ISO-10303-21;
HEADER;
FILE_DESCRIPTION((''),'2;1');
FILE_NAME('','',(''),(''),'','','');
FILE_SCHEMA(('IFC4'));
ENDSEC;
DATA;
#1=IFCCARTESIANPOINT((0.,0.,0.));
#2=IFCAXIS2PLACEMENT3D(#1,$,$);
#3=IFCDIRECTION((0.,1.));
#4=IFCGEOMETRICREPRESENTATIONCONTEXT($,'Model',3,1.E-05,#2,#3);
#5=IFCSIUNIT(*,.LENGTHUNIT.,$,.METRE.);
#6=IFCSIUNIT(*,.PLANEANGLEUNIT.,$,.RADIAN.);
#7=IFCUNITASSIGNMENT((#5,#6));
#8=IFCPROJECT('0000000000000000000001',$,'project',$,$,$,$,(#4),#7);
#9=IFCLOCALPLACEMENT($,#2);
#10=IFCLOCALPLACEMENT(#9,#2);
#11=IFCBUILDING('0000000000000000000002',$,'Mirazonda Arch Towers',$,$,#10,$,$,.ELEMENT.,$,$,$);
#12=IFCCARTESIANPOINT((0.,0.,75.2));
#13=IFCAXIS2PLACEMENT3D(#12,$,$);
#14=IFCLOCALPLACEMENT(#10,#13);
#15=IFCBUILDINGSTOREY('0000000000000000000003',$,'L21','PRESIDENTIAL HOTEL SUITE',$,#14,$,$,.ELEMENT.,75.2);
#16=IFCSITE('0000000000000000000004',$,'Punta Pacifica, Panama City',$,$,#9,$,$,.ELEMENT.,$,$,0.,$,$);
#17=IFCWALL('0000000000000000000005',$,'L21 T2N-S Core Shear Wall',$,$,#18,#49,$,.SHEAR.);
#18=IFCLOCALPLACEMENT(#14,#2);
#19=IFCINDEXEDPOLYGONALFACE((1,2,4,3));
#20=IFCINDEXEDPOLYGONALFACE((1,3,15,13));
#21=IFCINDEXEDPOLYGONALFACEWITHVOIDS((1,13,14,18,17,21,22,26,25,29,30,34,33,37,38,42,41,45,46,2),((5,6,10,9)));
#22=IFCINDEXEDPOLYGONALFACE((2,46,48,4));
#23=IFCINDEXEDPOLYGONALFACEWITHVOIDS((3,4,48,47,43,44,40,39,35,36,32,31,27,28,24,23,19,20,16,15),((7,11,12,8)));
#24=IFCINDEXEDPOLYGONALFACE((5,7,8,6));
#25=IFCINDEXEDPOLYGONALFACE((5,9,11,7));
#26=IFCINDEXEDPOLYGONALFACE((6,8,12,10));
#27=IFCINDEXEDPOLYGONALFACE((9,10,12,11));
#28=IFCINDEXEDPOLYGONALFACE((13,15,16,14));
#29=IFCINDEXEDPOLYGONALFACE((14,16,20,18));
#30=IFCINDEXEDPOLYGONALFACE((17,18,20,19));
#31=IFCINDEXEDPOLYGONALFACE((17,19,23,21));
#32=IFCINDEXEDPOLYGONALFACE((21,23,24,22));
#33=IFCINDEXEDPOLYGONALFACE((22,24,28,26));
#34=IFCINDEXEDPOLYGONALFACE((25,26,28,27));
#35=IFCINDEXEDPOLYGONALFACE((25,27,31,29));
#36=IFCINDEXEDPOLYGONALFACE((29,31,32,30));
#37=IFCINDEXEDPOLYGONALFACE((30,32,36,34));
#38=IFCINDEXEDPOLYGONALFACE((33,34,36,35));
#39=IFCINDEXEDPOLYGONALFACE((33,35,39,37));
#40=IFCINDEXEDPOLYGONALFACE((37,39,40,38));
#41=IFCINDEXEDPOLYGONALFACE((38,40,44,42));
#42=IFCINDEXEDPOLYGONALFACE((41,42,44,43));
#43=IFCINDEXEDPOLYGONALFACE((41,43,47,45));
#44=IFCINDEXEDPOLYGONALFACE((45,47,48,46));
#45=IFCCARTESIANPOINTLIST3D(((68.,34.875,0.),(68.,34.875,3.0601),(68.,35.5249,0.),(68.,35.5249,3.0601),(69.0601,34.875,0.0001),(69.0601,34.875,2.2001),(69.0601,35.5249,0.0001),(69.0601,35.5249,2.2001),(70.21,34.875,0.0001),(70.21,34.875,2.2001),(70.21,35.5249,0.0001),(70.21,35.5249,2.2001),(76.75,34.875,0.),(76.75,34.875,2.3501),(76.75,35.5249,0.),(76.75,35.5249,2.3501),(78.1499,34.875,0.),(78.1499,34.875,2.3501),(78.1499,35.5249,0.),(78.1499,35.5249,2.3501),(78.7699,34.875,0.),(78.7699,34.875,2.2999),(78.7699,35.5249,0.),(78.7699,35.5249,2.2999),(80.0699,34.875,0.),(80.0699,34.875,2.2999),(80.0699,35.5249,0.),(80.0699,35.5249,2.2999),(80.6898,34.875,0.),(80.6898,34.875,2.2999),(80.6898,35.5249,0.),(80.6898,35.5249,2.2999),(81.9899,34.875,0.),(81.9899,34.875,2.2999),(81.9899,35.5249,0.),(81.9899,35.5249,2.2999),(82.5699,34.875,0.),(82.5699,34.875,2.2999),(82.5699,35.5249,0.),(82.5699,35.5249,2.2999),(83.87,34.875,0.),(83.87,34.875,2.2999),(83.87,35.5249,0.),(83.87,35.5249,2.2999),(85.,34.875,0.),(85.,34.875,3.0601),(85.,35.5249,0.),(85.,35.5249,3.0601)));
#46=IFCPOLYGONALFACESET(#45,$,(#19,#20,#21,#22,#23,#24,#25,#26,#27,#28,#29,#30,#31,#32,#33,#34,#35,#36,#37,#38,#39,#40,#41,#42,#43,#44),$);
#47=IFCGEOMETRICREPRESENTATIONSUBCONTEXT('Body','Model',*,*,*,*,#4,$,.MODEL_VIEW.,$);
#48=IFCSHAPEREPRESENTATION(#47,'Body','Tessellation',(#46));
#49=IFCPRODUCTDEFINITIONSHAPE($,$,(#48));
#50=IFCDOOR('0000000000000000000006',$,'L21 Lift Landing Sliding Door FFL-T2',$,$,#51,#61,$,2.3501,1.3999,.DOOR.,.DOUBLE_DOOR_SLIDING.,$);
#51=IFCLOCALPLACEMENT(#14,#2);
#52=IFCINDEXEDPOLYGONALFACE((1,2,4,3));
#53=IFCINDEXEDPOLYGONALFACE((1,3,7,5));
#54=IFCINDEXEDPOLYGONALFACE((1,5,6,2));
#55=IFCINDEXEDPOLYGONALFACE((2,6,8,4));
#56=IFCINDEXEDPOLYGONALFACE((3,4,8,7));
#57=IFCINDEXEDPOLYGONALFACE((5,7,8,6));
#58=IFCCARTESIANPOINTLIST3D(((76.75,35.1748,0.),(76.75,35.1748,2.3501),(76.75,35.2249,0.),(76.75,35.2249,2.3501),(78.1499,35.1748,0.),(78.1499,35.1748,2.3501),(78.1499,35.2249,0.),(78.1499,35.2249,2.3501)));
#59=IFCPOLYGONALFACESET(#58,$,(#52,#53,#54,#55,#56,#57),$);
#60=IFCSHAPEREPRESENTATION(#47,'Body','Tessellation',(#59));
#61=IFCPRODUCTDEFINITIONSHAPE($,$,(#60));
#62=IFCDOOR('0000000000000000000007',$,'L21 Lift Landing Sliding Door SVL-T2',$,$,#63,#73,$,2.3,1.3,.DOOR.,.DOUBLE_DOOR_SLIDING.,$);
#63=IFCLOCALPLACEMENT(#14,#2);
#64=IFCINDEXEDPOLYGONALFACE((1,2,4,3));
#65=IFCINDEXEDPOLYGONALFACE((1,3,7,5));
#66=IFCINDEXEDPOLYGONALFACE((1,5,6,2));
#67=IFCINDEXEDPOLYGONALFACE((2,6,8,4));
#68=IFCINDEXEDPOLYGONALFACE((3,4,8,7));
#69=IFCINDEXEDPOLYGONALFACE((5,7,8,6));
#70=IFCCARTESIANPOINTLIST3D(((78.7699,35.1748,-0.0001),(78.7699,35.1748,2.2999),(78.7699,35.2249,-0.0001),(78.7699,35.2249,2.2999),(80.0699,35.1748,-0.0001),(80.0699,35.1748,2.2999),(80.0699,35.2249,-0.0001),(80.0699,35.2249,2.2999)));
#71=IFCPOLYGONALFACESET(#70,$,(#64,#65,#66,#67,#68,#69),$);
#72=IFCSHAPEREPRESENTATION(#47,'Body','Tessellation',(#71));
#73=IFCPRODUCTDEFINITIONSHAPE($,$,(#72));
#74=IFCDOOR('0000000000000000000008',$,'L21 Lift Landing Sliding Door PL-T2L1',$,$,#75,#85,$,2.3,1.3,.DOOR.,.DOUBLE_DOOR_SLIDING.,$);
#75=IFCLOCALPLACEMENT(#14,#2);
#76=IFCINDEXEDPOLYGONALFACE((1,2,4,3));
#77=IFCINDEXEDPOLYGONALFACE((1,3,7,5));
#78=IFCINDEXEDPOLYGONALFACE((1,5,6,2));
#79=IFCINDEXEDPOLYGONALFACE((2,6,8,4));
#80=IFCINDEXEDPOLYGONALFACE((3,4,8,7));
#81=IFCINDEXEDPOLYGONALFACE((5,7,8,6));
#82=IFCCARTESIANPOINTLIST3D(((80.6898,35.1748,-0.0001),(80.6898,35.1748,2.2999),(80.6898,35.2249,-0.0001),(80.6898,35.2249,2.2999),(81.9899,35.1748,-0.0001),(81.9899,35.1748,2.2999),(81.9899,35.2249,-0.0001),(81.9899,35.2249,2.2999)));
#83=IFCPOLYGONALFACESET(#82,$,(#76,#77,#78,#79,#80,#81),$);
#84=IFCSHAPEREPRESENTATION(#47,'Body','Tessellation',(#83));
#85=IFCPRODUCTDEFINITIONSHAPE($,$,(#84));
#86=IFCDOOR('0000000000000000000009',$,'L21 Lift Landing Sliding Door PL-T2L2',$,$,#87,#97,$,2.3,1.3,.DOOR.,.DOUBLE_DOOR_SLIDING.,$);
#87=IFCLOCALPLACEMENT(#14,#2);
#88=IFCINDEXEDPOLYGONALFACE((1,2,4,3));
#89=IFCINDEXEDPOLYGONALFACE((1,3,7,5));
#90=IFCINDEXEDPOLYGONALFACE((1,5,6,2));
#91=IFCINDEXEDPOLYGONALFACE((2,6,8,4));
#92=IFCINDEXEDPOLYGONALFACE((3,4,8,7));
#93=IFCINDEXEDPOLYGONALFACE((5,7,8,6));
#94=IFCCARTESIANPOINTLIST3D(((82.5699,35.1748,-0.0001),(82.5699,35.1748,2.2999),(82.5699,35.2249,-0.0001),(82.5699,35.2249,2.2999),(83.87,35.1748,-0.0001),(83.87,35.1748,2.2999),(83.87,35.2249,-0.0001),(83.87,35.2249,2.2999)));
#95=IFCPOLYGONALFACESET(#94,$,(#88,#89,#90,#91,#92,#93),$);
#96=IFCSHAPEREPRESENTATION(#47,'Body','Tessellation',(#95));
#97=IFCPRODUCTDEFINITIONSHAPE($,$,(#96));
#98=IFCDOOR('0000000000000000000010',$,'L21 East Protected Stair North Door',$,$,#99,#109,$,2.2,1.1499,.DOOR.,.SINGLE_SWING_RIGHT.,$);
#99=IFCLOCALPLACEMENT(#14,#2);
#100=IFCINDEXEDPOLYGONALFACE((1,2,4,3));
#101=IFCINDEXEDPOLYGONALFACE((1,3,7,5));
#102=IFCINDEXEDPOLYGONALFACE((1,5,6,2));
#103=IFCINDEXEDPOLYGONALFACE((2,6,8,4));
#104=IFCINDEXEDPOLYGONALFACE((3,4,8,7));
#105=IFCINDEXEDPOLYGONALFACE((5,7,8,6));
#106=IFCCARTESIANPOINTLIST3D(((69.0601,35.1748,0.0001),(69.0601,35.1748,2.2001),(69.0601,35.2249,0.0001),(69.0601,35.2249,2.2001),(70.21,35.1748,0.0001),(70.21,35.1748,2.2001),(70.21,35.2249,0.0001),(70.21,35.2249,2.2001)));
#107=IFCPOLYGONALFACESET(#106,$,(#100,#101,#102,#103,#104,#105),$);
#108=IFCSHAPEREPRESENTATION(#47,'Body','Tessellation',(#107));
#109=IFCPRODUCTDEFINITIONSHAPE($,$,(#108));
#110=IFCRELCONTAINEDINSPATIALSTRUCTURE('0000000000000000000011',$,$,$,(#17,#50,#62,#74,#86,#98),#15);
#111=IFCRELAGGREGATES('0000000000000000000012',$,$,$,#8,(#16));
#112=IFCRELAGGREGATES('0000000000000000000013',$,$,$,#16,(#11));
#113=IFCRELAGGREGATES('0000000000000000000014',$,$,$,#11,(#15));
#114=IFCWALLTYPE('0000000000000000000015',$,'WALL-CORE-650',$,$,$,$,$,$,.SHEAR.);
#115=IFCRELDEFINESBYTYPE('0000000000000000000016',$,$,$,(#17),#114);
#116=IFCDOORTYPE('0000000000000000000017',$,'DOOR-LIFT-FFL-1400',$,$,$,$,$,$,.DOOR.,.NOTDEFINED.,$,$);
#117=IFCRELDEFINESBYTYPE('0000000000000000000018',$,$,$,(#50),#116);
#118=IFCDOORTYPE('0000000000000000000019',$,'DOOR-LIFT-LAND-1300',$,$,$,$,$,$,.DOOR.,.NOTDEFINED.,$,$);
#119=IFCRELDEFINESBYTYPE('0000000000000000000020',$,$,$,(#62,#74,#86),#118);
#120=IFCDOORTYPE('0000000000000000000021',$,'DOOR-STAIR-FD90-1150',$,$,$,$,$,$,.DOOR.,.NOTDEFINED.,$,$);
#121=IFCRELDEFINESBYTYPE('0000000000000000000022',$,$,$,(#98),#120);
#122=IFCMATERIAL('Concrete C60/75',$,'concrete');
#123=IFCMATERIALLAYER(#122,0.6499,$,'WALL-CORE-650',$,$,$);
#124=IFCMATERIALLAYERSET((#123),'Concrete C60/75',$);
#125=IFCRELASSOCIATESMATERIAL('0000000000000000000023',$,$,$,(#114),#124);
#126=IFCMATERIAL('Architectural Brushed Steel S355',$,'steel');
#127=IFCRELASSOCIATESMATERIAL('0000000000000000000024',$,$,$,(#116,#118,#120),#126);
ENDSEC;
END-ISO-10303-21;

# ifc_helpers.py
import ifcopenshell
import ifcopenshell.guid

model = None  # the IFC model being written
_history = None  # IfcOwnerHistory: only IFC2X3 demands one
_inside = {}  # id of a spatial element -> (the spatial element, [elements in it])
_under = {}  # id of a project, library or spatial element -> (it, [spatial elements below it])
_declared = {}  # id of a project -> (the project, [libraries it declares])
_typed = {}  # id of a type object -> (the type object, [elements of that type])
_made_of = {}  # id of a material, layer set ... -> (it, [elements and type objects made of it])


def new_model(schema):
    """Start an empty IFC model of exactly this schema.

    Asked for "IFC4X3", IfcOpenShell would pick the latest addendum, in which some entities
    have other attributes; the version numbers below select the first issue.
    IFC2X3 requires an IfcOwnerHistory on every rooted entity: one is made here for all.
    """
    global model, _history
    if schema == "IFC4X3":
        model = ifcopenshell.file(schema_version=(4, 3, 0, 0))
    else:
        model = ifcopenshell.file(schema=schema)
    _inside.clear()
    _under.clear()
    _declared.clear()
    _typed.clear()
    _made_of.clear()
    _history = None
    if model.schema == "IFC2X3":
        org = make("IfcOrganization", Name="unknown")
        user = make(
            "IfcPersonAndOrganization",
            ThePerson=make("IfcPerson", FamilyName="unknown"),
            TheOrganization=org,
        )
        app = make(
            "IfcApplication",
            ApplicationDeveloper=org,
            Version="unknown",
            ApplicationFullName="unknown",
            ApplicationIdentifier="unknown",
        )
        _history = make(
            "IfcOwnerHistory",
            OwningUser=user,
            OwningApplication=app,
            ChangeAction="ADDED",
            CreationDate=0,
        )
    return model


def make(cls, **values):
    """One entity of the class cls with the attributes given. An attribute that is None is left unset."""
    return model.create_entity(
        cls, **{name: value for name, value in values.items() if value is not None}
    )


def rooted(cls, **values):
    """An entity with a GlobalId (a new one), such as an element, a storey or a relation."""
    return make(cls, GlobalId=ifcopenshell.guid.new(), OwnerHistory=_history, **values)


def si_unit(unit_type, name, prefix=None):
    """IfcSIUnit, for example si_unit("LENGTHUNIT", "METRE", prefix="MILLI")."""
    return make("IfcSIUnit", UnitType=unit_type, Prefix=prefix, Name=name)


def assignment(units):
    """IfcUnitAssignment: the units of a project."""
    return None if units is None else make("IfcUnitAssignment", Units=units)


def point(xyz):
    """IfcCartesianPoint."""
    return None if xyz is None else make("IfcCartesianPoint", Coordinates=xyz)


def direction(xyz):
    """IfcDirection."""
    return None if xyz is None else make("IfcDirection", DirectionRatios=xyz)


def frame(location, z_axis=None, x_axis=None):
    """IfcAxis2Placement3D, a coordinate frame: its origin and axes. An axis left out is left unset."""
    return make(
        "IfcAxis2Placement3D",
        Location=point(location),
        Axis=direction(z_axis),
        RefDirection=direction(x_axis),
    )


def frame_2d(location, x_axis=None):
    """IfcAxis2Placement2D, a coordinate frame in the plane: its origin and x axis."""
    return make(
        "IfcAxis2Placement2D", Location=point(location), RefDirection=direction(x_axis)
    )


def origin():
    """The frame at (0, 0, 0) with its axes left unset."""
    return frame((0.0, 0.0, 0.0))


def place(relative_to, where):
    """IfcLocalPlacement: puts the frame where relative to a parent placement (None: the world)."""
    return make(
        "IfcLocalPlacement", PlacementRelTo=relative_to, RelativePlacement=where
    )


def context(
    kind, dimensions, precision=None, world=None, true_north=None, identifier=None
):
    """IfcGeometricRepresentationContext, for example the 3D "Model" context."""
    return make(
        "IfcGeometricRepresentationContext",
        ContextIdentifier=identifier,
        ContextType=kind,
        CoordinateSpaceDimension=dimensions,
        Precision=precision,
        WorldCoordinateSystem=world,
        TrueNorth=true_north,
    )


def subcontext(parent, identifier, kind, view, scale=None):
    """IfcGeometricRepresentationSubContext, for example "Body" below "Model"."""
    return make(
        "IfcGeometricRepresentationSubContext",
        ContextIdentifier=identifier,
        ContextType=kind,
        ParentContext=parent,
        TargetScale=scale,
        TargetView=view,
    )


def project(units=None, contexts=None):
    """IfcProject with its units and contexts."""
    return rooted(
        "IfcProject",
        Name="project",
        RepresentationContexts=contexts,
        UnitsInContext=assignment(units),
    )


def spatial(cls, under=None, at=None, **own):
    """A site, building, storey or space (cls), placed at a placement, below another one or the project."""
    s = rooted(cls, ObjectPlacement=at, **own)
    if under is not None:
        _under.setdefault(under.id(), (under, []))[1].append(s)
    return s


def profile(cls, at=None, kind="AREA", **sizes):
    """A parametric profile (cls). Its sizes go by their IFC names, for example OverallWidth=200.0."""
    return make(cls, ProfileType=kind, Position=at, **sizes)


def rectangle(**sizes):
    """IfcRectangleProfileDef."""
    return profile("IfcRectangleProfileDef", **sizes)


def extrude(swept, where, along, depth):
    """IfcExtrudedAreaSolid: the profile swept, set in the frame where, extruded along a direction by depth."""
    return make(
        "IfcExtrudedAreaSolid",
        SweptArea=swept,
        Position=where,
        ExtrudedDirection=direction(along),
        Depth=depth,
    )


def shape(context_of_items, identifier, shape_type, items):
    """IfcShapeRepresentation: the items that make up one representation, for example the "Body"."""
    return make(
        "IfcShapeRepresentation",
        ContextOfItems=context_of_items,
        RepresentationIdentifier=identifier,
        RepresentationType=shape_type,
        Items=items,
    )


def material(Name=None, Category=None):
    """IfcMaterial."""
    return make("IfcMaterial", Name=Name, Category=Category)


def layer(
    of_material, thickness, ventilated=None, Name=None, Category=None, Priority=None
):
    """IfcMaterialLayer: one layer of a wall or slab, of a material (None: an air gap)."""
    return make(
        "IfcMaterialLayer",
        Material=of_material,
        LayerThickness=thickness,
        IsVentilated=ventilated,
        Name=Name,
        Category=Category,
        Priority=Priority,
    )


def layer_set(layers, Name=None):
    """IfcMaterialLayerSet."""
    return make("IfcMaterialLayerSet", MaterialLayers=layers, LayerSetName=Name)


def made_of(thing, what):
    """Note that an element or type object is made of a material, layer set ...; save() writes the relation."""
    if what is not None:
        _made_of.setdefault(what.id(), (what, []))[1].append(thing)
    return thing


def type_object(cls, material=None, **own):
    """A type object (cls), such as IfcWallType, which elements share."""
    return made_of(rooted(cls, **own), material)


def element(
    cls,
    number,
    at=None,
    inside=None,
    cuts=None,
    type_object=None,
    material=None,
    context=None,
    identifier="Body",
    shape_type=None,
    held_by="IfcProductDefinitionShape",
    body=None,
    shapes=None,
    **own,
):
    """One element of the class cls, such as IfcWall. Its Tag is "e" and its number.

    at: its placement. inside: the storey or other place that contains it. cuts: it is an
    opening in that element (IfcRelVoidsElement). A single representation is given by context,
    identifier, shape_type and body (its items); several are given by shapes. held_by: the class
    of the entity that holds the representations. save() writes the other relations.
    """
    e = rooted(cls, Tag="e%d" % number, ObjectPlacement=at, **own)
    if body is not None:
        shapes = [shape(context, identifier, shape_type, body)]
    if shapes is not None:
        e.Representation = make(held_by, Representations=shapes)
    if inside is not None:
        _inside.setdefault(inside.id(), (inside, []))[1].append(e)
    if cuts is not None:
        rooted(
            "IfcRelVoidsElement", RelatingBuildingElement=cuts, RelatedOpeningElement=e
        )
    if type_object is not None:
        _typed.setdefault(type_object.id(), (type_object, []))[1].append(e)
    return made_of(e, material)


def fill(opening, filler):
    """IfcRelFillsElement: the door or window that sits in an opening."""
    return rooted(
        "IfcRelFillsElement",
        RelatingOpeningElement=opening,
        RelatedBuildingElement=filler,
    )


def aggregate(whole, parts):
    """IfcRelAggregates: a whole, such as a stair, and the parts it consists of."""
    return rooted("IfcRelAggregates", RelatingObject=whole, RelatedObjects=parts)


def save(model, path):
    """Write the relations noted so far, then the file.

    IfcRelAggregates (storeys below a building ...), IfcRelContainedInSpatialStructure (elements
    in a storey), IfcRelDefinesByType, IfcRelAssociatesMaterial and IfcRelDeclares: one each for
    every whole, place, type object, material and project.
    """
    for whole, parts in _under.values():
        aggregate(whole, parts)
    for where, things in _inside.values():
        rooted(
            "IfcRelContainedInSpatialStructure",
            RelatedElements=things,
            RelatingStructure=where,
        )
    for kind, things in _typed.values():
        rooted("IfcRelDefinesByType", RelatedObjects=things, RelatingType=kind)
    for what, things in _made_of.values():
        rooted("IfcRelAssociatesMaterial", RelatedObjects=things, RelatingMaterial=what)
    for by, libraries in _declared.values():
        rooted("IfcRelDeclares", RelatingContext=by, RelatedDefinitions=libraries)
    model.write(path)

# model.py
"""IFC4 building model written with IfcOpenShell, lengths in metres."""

from ifc_helpers import new_model, si_unit, direction, frame, frame_2d, origin, place, context, subcontext, project, spatial, rectangle, extrude, material, layer, layer_set, type_object, element, fill, save


model = new_model("IFC4")

# Units and contexts
model_context = context("Model", 3, precision=1e-05, world=origin(), true_north=direction((0.0, 1.0)))
body_context = subcontext(model_context, "Body", "Model", "MODEL_VIEW")
ifc_project = project(units=[si_unit("LENGTHUNIT", "METRE"), si_unit("PLANEANGLEUNIT", "RADIAN")], contexts=[model_context])

# Site, building, storey
site_placement = place(None, origin())
site = spatial("IfcSite", under=ifc_project, at=site_placement, Name="Punta Pacifica, Panama City", CompositionType="ELEMENT", RefElevation=0.0)
building_placement = place(site_placement, origin())
building = spatial("IfcBuilding", under=site, at=building_placement, Name="Mirazonda Arch Towers", CompositionType="ELEMENT")
storey_placement = place(building_placement, frame((0.0, 0.0, 75.2)))
storey = spatial("IfcBuildingStorey", under=building, at=storey_placement, Name="L21", Description="PRESIDENTIAL HOTEL SUITE", CompositionType="ELEMENT", Elevation=75.2)

# Shared definitions
ifc_material_1 = material(Name="Concrete C60/75", Category="concrete")

# Shared definitions
ifc_layer_1 = layer(ifc_material_1, 0.6499, Name="WALL-CORE-650")
ifc_layer_set_1 = layer_set([ifc_layer_1], Name="Concrete C60/75")
wall_type_1 = type_object("IfcWallType", Name="WALL-CORE-650", PredefinedType="SHEAR", material=ifc_layer_set_1)

# Wall, openings, doors
wall_1_placement = place(storey_placement, frame((68.0, 35.2, 0.0), z_axis=(0.0, 0.0, 1.0), x_axis=(1.0, 0.0, 0.0)))
wall_1 = element("IfcWall", 1, at=wall_1_placement, inside=storey, type_object=wall_type_1, Name="L21 T2N-S Core Shear Wall", PredefinedType="SHEAR", context=body_context, shape_type="SweptSolid", body=[
    extrude(rectangle(XDim=17.0, YDim=0.6499, at=frame_2d((8.5, 0.0))), origin(), (0.0, 0.0, 1.0), 3.0601),
])
opening_1_placement = place(wall_1_placement, frame((1.0601, 0.0, 0.0)))
opening_1 = element("IfcOpeningElement", 2, at=opening_1_placement, cuts=wall_1, PredefinedType="OPENING", context=body_context, shape_type="SweptSolid", body=[
    extrude(rectangle(XDim=1.1499, YDim=2.2, at=frame_2d((0.575, 1.1001))), frame((0.0, 0.335, 0.0), z_axis=(0.0, -1.0, 0.0), x_axis=(1.0, 0.0, 0.0)), (0.0, 0.0, 1.0), 0.6699),
])
opening_2_placement = place(wall_1_placement, frame((8.75, 0.0, 0.0)))
opening_2 = element("IfcOpeningElement", 3, at=opening_2_placement, cuts=wall_1, PredefinedType="OPENING", context=body_context, shape_type="SweptSolid", body=[
    extrude(rectangle(XDim=1.3999, YDim=2.3501, at=frame_2d((0.7, 1.175))), frame((0.0, 0.335, 0.0), z_axis=(0.0, -1.0, 0.0), x_axis=(1.0, 0.0, 0.0)), (0.0, 0.0, 1.0), 0.6699),
])
opening_3_placement = place(wall_1_placement, frame((10.77, 0.0, 0.0)))
opening_3 = element("IfcOpeningElement", 4, at=opening_3_placement, cuts=wall_1, PredefinedType="OPENING", context=body_context, shape_type="SweptSolid", body=[
    extrude(rectangle(XDim=1.3, YDim=2.3, at=frame_2d((0.6499, 1.1499))), frame((0.0, 0.335, 0.0), z_axis=(0.0, -1.0, 0.0), x_axis=(1.0, 0.0, 0.0)), (0.0, 0.0, 1.0), 0.6699),
])
opening_4_placement = place(wall_1_placement, frame((12.6899, 0.0, 0.0)))
opening_4 = element("IfcOpeningElement", 5, at=opening_4_placement, cuts=wall_1, PredefinedType="OPENING", context=body_context, shape_type="SweptSolid", body=[
    extrude(rectangle(XDim=1.3, YDim=2.3, at=frame_2d((0.6499, 1.1499))), frame((0.0, 0.335, 0.0), z_axis=(0.0, -1.0, 0.0), x_axis=(1.0, 0.0, 0.0)), (0.0, 0.0, 1.0), 0.6699),
])
opening_5_placement = place(wall_1_placement, frame((14.5701, 0.0, 0.0)))
opening_5 = element("IfcOpeningElement", 6, at=opening_5_placement, cuts=wall_1, PredefinedType="OPENING", context=body_context, shape_type="SweptSolid", body=[
    extrude(rectangle(XDim=1.3, YDim=2.3, at=frame_2d((0.6499, 1.1499))), frame((0.0, 0.335, 0.0), z_axis=(0.0, -1.0, 0.0), x_axis=(1.0, 0.0, 0.0)), (0.0, 0.0, 1.0), 0.6699),
])
ifc_material_2 = material(Name="Architectural Brushed Steel S355", Category="steel")
door_type_1 = type_object("IfcDoorType", Name="DOOR-LIFT-FFL-1400", OperationType="NOTDEFINED", PredefinedType="DOOR", material=ifc_material_2)
door_1_placement = place(opening_2_placement, origin())
door_1 = element("IfcDoor", 7, at=door_1_placement, inside=storey, type_object=door_type_1, Name="L21 Lift Landing Sliding Door FFL-T2", OperationType="DOUBLE_DOOR_SLIDING", OverallHeight=2.3501, OverallWidth=1.3999, PredefinedType="DOOR", context=body_context, shape_type="SweptSolid", body=[
    extrude(rectangle(XDim=1.3999, YDim=2.3501, at=frame_2d((0.7, 1.175))), frame((0.0, 0.0249, 0.0), z_axis=(0.0, -1.0, 0.0), x_axis=(1.0, 0.0, 0.0)), (0.0, 0.0, 1.0), 0.05),
])
fill(opening_2, door_1)
door_type_2 = type_object("IfcDoorType", Name="DOOR-LIFT-LAND-1300", OperationType="NOTDEFINED", PredefinedType="DOOR", material=ifc_material_2)
door_2_placement = place(opening_3_placement, origin())
door_2 = element("IfcDoor", 8, at=door_2_placement, inside=storey, type_object=door_type_2, Name="L21 Lift Landing Sliding Door SVL-T2", OperationType="DOUBLE_DOOR_SLIDING", OverallHeight=2.3, OverallWidth=1.3, PredefinedType="DOOR", context=body_context, shape_type="SweptSolid", body=[
    extrude(rectangle(XDim=1.3, YDim=2.3, at=frame_2d((0.6499, 1.1499))), frame((0.0, 0.0249, 0.0), z_axis=(0.0, -1.0, 0.0), x_axis=(1.0, 0.0, 0.0)), (0.0, 0.0, 1.0), 0.05),
])
fill(opening_3, door_2)
door_3_placement = place(opening_4_placement, origin())
door_3 = element("IfcDoor", 9, at=door_3_placement, inside=storey, type_object=door_type_2, Name="L21 Lift Landing Sliding Door PL-T2L1", OperationType="DOUBLE_DOOR_SLIDING", OverallHeight=2.3, OverallWidth=1.3, PredefinedType="DOOR", context=body_context, shape_type="SweptSolid", body=[
    extrude(rectangle(XDim=1.3, YDim=2.3, at=frame_2d((0.6499, 1.1499))), frame((0.0, 0.0249, 0.0), z_axis=(0.0, -1.0, 0.0), x_axis=(1.0, 0.0, 0.0)), (0.0, 0.0, 1.0), 0.05),
])
fill(opening_4, door_3)
door_4_placement = place(opening_5_placement, origin())
door_4 = element("IfcDoor", 10, at=door_4_placement, inside=storey, type_object=door_type_2, Name="L21 Lift Landing Sliding Door PL-T2L2", OperationType="DOUBLE_DOOR_SLIDING", OverallHeight=2.3, OverallWidth=1.3, PredefinedType="DOOR", context=body_context, shape_type="SweptSolid", body=[
    extrude(rectangle(XDim=1.3, YDim=2.3, at=frame_2d((0.6499, 1.1499))), frame((0.0, 0.0249, 0.0), z_axis=(0.0, -1.0, 0.0), x_axis=(1.0, 0.0, 0.0)), (0.0, 0.0, 1.0), 0.05),
])
fill(opening_5, door_4)
door_type_3 = type_object("IfcDoorType", Name="DOOR-STAIR-FD90-1150", OperationType="NOTDEFINED", PredefinedType="DOOR", material=ifc_material_2)
door_5_placement = place(opening_1_placement, origin())
door_5 = element("IfcDoor", 11, at=door_5_placement, inside=storey, type_object=door_type_3, Name="L21 East Protected Stair North Door", OperationType="SINGLE_SWING_RIGHT", OverallHeight=2.2, OverallWidth=1.1499, PredefinedType="DOOR", context=body_context, shape_type="SweptSolid", body=[
    extrude(rectangle(XDim=1.1499, YDim=2.2, at=frame_2d((0.575, 1.1001))), frame((0.0, 0.0249, 0.0), z_axis=(0.0, -1.0, 0.0), x_axis=(1.0, 0.0, 0.0)), (0.0, 0.0, 1.0), 0.05),
])
fill(opening_1, door_5)

save(model, "model.ifc")
